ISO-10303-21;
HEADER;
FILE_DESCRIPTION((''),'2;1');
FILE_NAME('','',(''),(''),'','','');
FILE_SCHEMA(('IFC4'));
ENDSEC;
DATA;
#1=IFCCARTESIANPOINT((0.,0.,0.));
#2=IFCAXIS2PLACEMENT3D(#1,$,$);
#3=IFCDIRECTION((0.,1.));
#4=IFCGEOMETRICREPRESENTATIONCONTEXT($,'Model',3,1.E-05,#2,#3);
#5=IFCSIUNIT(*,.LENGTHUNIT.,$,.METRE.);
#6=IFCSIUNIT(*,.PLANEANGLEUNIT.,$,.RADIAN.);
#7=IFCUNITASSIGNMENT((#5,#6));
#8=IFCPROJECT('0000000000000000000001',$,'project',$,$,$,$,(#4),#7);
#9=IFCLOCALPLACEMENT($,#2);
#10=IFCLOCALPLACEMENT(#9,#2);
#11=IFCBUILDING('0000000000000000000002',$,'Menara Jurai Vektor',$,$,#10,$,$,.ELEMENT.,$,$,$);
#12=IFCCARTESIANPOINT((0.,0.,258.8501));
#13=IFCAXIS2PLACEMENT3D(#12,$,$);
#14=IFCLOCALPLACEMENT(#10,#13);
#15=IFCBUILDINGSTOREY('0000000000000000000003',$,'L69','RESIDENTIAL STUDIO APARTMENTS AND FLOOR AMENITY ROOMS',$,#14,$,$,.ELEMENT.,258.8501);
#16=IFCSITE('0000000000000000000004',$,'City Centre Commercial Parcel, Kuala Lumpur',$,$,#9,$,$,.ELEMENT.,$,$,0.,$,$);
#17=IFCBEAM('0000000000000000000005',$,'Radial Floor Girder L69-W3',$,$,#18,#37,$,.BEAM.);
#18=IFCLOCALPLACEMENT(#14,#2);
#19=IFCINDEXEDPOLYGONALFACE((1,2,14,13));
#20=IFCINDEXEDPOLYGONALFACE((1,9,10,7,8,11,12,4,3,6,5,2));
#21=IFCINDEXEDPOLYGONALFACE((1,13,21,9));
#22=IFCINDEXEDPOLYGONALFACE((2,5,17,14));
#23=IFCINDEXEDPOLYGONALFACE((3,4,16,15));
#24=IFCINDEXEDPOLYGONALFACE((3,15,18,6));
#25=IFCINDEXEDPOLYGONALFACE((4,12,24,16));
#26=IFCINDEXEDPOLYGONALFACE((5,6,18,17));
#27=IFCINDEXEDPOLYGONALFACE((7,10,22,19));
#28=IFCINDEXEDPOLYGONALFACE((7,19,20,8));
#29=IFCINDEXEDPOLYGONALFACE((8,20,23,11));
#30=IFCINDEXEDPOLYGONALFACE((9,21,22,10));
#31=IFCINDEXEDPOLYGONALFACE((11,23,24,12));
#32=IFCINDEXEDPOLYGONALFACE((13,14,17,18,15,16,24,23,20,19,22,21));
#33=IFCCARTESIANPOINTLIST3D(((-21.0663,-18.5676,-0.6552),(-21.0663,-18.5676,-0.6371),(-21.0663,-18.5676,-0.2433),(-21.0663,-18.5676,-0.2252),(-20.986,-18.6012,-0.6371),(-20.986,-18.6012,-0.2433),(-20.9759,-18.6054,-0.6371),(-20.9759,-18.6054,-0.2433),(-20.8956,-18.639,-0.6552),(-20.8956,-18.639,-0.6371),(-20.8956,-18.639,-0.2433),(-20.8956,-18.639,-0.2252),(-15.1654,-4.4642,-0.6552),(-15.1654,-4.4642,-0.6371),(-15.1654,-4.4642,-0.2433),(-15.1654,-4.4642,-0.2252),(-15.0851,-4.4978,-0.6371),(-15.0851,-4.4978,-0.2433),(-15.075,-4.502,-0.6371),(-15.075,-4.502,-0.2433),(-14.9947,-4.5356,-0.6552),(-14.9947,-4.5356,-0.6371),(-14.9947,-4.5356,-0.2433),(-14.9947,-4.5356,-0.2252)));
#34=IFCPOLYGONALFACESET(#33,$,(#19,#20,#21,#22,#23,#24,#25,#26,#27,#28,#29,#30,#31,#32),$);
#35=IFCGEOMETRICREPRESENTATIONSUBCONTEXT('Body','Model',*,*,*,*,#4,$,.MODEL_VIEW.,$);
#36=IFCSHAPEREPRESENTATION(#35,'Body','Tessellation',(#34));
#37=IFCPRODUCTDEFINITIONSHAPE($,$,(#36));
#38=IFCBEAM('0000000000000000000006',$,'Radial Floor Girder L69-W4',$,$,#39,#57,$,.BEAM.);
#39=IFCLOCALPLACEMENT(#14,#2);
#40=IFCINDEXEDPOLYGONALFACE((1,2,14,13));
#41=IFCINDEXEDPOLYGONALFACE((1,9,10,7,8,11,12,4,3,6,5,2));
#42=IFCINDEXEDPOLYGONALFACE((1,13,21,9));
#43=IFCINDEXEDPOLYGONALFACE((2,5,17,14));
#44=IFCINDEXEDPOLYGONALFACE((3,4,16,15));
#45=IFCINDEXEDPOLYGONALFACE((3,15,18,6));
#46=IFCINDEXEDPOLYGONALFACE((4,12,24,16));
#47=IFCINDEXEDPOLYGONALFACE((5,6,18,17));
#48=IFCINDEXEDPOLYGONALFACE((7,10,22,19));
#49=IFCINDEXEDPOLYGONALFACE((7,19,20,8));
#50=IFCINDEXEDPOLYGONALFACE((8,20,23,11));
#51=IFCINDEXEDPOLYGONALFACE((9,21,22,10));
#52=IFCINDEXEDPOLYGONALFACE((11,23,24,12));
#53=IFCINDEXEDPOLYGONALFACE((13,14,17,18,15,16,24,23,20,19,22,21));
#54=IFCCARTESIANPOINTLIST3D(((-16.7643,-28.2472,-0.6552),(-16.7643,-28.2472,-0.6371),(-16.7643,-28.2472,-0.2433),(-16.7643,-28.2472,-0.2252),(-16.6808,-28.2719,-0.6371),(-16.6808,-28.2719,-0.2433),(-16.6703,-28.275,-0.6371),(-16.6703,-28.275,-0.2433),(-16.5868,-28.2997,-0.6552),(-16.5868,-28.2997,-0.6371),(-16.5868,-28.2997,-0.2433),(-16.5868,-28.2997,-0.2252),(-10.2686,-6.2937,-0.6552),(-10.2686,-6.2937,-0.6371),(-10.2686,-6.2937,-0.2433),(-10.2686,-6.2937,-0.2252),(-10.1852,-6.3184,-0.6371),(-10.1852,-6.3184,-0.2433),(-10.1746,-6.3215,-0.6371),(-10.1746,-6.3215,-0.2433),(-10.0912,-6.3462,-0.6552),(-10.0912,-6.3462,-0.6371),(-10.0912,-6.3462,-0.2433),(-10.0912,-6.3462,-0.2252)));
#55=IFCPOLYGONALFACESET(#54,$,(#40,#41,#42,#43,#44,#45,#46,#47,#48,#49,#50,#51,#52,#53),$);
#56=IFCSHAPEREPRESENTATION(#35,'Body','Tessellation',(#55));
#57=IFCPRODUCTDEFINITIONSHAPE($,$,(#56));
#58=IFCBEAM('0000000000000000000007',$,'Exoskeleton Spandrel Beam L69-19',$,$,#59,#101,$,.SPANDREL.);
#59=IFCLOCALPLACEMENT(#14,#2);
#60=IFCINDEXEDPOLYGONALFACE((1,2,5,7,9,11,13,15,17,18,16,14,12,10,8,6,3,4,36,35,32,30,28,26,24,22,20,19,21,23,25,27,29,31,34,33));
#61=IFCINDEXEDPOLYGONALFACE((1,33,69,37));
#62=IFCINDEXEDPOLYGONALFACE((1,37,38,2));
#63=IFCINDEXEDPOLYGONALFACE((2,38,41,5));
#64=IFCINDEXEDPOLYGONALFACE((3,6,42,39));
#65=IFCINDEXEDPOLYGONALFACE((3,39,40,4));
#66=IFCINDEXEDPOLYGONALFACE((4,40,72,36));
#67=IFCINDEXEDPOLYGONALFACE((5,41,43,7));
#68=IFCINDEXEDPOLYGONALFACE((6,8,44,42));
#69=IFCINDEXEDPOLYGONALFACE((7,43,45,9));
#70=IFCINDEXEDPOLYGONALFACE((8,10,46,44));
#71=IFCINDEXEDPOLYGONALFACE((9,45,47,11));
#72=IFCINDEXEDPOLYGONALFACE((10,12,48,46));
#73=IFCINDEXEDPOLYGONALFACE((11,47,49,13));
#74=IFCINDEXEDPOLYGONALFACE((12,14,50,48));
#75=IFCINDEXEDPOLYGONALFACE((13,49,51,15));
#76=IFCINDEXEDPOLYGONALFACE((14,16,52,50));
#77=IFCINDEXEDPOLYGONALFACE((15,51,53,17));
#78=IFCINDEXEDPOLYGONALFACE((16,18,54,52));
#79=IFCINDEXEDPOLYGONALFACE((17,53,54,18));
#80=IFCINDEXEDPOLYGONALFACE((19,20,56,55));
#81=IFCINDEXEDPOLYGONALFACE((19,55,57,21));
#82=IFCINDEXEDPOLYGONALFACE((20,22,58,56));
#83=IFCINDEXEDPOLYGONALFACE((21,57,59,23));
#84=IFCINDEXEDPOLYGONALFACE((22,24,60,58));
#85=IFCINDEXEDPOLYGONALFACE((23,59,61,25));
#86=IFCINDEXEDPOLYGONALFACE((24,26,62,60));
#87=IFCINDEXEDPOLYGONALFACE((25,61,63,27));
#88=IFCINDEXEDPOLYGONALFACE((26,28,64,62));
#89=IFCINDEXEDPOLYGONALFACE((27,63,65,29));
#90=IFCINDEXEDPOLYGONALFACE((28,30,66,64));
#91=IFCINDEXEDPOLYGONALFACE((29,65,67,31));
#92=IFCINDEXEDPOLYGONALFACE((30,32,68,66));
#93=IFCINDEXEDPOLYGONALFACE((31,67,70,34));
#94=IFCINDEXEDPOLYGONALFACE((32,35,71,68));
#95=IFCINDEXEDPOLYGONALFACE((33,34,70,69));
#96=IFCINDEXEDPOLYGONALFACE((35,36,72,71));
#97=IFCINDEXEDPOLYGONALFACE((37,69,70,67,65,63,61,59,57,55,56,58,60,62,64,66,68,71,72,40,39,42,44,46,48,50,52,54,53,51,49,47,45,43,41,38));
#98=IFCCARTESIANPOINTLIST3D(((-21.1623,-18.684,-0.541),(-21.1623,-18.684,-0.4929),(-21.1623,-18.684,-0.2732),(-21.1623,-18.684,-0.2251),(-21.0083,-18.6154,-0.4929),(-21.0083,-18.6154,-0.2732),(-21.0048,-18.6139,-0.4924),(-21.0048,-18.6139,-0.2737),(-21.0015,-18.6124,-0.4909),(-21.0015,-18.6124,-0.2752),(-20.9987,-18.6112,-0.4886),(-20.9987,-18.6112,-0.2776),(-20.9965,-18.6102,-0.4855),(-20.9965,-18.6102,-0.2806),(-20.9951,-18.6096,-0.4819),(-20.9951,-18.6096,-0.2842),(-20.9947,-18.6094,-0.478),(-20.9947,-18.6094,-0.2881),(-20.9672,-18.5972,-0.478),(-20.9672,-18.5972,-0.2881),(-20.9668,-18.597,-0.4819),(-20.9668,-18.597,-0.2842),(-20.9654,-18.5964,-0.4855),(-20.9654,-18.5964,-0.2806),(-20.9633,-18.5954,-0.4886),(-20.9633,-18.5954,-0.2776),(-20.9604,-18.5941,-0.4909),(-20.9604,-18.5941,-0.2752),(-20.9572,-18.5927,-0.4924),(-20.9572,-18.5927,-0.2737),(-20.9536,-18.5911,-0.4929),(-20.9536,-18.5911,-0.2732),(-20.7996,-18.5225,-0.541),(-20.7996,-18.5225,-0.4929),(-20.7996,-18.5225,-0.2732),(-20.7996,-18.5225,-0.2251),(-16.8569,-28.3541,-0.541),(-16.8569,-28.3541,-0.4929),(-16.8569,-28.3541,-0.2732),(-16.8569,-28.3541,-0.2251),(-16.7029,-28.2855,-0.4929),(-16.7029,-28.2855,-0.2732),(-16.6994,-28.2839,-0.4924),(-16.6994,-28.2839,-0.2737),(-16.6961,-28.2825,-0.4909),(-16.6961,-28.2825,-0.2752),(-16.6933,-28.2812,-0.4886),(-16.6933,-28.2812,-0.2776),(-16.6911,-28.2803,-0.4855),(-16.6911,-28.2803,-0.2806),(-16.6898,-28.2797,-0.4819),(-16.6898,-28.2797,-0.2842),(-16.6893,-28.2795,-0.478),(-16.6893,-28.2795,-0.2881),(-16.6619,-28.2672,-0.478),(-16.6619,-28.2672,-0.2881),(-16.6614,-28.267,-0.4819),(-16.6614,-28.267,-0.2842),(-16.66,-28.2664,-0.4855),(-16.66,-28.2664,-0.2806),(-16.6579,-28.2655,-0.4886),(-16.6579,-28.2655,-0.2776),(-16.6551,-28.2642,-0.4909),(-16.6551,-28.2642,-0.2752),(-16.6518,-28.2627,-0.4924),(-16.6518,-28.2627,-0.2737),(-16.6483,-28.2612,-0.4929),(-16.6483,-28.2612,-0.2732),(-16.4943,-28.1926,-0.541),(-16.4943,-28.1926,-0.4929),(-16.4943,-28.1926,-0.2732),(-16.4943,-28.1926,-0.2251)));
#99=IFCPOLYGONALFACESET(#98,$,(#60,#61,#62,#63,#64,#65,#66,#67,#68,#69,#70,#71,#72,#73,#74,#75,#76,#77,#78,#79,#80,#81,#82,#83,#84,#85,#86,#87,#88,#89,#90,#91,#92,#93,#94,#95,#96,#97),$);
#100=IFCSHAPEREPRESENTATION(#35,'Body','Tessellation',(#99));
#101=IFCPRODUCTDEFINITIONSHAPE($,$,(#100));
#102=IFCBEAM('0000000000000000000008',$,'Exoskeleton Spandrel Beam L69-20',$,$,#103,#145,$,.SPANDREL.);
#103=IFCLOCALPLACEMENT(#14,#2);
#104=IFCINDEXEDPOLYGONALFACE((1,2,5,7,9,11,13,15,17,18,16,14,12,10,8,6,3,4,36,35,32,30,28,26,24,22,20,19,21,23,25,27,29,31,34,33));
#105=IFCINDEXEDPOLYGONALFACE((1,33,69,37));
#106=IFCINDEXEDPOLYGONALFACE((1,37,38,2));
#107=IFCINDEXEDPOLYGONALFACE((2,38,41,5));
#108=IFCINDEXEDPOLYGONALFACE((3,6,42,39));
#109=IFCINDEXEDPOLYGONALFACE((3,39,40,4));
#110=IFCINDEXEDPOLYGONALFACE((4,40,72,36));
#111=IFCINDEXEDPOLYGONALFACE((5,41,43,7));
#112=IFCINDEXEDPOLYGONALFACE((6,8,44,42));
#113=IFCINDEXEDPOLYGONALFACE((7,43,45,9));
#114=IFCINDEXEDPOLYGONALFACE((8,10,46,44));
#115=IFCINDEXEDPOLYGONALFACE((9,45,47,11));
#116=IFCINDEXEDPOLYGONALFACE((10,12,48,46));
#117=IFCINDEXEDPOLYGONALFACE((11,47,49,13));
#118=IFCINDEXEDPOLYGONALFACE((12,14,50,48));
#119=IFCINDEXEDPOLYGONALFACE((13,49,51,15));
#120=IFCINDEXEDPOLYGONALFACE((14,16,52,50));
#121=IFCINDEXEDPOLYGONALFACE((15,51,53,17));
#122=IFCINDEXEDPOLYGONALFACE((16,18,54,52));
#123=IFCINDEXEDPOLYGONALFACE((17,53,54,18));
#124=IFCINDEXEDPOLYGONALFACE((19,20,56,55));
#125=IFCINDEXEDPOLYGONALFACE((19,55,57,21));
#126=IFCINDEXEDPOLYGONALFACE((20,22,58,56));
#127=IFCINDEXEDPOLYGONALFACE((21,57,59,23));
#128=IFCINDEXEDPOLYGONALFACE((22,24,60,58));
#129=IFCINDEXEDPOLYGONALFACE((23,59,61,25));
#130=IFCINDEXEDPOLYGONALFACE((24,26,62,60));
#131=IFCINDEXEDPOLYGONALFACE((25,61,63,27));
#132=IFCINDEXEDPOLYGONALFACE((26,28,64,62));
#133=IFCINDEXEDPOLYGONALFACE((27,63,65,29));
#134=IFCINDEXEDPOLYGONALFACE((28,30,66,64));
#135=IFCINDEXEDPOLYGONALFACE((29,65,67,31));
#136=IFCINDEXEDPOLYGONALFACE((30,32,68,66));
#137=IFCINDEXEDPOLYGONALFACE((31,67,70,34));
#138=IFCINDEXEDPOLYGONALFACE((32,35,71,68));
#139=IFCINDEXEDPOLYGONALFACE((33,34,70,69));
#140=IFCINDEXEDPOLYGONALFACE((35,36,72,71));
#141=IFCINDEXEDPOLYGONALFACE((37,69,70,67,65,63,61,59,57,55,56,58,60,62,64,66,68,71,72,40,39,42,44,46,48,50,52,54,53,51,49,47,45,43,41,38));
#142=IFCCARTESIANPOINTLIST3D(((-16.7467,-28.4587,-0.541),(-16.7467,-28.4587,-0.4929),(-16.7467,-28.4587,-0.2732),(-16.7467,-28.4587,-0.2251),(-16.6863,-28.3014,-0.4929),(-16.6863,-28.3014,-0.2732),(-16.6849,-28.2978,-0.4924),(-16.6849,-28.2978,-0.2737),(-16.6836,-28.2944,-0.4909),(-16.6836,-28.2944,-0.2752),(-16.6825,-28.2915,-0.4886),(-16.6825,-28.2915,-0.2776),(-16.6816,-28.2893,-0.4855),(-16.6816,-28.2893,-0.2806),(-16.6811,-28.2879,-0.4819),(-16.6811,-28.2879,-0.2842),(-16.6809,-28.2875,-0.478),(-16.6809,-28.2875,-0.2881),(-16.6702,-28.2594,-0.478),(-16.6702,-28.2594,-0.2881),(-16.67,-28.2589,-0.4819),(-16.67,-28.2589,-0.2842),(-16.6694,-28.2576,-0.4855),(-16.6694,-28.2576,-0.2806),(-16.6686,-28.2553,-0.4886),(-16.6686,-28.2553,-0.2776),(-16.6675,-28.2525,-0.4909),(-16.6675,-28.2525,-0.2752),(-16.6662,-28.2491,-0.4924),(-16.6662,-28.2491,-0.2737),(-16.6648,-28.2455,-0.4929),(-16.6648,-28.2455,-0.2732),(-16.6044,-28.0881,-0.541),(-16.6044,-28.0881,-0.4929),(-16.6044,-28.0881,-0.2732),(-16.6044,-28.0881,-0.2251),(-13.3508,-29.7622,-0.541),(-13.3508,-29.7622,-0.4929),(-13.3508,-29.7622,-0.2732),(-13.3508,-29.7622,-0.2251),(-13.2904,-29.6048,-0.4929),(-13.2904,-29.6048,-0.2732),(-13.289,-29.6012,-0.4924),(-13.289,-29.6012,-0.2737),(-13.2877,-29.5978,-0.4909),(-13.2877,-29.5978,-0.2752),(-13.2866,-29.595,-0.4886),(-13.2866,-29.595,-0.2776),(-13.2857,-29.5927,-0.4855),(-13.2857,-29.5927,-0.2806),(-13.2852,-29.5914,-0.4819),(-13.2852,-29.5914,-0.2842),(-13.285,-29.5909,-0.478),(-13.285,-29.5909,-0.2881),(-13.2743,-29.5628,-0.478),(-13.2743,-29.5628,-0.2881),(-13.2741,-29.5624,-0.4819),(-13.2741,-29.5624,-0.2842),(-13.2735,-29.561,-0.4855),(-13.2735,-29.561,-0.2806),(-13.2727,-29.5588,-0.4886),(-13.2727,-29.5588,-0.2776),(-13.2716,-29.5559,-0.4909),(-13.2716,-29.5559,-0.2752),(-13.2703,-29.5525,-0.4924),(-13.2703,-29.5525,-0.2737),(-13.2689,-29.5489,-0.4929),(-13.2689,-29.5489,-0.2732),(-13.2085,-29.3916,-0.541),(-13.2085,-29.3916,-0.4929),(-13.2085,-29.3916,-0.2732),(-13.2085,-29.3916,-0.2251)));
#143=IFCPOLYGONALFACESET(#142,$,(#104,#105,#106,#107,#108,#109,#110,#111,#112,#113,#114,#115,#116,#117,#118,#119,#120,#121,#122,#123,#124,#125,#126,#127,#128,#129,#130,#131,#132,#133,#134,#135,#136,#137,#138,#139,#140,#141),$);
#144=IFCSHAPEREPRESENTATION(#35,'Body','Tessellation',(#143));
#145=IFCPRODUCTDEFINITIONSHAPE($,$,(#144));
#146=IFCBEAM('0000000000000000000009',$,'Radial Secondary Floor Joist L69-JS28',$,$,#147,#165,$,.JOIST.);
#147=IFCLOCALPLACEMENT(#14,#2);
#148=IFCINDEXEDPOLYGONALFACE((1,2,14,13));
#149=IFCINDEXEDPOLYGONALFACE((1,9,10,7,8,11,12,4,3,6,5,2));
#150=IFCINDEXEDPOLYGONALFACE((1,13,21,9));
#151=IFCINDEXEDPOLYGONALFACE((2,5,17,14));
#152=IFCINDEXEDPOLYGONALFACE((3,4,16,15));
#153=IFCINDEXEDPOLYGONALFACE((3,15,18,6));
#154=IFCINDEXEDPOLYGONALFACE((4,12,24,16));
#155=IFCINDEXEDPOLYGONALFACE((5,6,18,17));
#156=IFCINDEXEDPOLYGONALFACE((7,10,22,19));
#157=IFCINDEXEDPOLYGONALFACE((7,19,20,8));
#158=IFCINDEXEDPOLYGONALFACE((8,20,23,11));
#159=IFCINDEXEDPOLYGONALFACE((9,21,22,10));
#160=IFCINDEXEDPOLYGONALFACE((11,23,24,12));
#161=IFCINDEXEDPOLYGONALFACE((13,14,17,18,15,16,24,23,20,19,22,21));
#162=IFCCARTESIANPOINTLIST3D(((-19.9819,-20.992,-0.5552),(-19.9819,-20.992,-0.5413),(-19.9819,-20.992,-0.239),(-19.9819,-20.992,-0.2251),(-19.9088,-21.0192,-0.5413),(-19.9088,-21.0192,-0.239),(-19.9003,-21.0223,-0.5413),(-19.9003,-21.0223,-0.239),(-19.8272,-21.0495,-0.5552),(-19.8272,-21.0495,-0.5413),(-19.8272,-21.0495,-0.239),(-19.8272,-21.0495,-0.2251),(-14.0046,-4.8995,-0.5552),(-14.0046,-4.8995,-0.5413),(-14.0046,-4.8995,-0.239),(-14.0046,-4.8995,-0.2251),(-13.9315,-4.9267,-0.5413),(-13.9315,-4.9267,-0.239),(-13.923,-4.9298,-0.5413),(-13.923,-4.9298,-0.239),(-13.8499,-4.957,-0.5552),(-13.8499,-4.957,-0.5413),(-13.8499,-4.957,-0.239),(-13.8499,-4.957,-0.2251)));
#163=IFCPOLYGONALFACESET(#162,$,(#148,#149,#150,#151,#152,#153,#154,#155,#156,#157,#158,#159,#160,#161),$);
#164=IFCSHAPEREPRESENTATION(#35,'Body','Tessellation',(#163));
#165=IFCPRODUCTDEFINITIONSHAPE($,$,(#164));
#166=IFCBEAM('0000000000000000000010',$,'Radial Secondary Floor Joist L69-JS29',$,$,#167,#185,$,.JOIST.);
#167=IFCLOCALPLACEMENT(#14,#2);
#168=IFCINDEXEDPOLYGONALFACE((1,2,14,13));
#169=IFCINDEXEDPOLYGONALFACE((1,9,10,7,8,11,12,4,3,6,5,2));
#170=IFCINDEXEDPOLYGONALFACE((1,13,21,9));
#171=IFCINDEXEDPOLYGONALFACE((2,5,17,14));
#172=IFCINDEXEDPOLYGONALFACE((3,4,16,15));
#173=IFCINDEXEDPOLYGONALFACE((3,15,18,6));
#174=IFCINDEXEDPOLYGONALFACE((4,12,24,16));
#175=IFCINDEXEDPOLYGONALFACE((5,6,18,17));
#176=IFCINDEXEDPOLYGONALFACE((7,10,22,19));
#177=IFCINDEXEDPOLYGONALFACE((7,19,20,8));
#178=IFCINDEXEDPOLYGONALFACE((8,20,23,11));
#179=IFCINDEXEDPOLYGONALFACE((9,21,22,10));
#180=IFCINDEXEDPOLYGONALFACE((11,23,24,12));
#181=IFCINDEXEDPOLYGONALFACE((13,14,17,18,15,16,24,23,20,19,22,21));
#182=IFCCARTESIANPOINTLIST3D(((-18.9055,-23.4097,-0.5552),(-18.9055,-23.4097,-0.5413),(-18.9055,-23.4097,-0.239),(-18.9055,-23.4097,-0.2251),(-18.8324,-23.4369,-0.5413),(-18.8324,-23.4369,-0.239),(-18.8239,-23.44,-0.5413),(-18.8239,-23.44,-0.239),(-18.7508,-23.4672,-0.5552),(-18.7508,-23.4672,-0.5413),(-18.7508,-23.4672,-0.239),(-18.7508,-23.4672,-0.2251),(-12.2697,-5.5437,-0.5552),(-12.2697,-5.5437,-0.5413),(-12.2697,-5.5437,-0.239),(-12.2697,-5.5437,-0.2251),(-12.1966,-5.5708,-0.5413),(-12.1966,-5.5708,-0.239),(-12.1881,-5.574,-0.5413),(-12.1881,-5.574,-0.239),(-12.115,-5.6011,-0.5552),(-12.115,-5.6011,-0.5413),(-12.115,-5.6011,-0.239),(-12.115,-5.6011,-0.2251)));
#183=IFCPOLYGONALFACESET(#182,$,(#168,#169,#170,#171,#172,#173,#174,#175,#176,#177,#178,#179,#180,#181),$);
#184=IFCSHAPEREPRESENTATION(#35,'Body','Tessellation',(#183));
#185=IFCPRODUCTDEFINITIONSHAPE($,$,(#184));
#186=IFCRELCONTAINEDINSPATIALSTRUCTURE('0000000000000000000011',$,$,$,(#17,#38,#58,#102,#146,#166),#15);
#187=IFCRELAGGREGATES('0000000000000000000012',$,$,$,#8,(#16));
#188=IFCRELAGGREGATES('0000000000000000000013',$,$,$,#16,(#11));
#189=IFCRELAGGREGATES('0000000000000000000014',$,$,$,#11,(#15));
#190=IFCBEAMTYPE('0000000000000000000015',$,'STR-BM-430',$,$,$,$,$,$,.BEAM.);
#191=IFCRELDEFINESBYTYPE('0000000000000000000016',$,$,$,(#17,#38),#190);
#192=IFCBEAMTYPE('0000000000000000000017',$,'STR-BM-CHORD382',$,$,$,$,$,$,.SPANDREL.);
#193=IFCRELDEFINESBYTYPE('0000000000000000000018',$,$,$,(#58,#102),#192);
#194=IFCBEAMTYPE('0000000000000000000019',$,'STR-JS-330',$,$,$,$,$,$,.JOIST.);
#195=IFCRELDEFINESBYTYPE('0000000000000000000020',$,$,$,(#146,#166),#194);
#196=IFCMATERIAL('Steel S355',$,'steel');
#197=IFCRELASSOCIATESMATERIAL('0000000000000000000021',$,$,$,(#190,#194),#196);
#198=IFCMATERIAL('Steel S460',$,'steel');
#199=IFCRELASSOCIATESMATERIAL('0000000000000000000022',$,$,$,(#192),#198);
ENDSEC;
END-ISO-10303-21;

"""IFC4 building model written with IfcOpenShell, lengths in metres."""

from ifc_helpers import new_model, si_unit, direction, frame, origin, origin_2d, place, context, subcontext, project, spatial, i_section, extrude, material, material_profile, profile_set, type_object, element, save


model = new_model("IFC4")

# Units and contexts
model_context = context("Model", 3, precision=1e-05, world=origin(), true_north=direction((0.0, 1.0)))
body_context = subcontext(model_context, "Body", "Model", "MODEL_VIEW")
ifc_project = project(units=[si_unit("LENGTHUNIT", "METRE"), si_unit("PLANEANGLEUNIT", "RADIAN")], contexts=[model_context])

# Site, building, storey
site_placement = place(None, origin())
site = spatial("IfcSite", under=ifc_project, at=site_placement, Name="City Centre Commercial Parcel, Kuala Lumpur", CompositionType="ELEMENT", RefElevation=0.0)
building_placement = place(site_placement, origin())
building = spatial("IfcBuilding", under=site, at=building_placement, Name="Menara Jurai Vektor", CompositionType="ELEMENT")
storey_placement = place(building_placement, frame((0.0, 0.0, 258.8501)))
storey = spatial("IfcBuildingStorey", under=building, at=storey_placement, Name="L69", Description="RESIDENTIAL STUDIO APARTMENTS AND FLOOR AMENITY ROOMS", CompositionType="ELEMENT", Elevation=258.8501)

# Shared definitions
ifc_material_1 = material(Name="Steel S460", Category="steel")

# Beams
ifc_material_2 = material(Name="Steel S355", Category="steel")
ifc_material_profile_1 = material_profile(ifc_material_2, i_section(OverallWidth=0.1851, OverallDepth=0.4299, WebThickness=0.011, FlangeThickness=0.0181, at=origin_2d()), Name="PG 430x185x76")
ifc_profile_set_1 = profile_set([ifc_material_profile_1], Name="Steel S355")
beam_type_1 = type_object("IfcBeamType", Name="STR-BM-430", PredefinedType="BEAM", material=ifc_profile_set_1)
beam_1_placement = place(storey_placement, frame((-20.981, -18.6033, -0.4402), z_axis=(0.385981, 0.922507, 0.0), x_axis=(-0.922507, 0.385981, 0.0)))
element("IfcBeam", 1, at=beam_1_placement, inside=storey, type_object=beam_type_1, Name="Radial Floor Girder L69-W3", PredefinedType="BEAM", context=body_context, shape_type="SweptSolid", body=[
    extrude(i_section(OverallWidth=0.1851, OverallDepth=0.4299, WebThickness=0.011, FlangeThickness=0.0181, at=origin_2d()), origin(), (0.0, 0.0, 1.0), 15.2881),
])
beam_2_placement = place(storey_placement, frame((-16.6755, -28.2734, -0.4402), z_axis=(0.283723, 0.958906, 0.0), x_axis=(-0.958906, 0.283723, 0.0)))
element("IfcBeam", 2, at=beam_2_placement, inside=storey, type_object=beam_type_1, Name="Radial Floor Girder L69-W4", PredefinedType="BEAM", context=body_context, shape_type="SweptSolid", body=[
    extrude(i_section(OverallWidth=0.1851, OverallDepth=0.4299, WebThickness=0.011, FlangeThickness=0.0181, at=origin_2d()), origin(), (0.0, 0.0, 1.0), 22.8943),
])
ifc_material_profile_2 = material_profile(ifc_material_1, i_section(OverallWidth=0.397, OverallDepth=0.3159, WebThickness=0.03, FlangeThickness=0.0481, FilletRadius=0.0149, at=origin_2d()), Name="HD 400x382")
ifc_profile_set_2 = profile_set([ifc_material_profile_2], Name="Steel S460")
beam_type_2 = type_object("IfcBeamType", Name="STR-BM-CHORD382", PredefinedType="SPANDREL", material=ifc_profile_set_2)
beam_3_placement = place(storey_placement, frame((-20.981, -18.6033, -0.3831), z_axis=(0.406735, -0.913546, 0.0), x_axis=(0.913546, 0.406735, 0.0)))
element("IfcBeam", 3, at=beam_3_placement, inside=storey, type_object=beam_type_2, Name="Exoskeleton Spandrel Beam L69-19", PredefinedType="SPANDREL", context=body_context, shape_type="SweptSolid", body=[
    extrude(i_section(OverallWidth=0.397, OverallDepth=0.3159, WebThickness=0.03, FlangeThickness=0.0481, FilletRadius=0.0149, at=origin_2d()), origin(), (0.0, 0.0, 1.0), 10.5852),
])
beam_4_placement = place(storey_placement, frame((-16.6755, -28.2734, -0.3831), z_axis=(0.933593, -0.358336, 0.0), x_axis=(0.358336, 0.933593, 0.0)))
element("IfcBeam", 4, at=beam_4_placement, inside=storey, type_object=beam_type_2, Name="Exoskeleton Spandrel Beam L69-20", PredefinedType="SPANDREL", context=body_context, shape_type="SweptSolid", body=[
    extrude(i_section(OverallWidth=0.397, OverallDepth=0.3159, WebThickness=0.03, FlangeThickness=0.0481, FilletRadius=0.0149, at=origin_2d()), origin(), (0.0, 0.0, 1.0), 3.6375),
])
ifc_material_profile_3 = material_profile(ifc_material_2, i_section(OverallWidth=0.165, OverallDepth=0.3301, WebThickness=0.009, FlangeThickness=0.0139, at=origin_2d()), Name="PG 330x165x46")
ifc_profile_set_3 = profile_set([ifc_material_profile_3], Name="Steel S355")
beam_type_3 = type_object("IfcBeamType", Name="STR-JS-330", PredefinedType="JOIST", material=ifc_profile_set_3)
beam_5_placement = place(storey_placement, frame((-19.9045, -21.0208, -0.3901), z_axis=(0.34819, 0.937424, 0.0), x_axis=(-0.937424, 0.34819, 0.0)))
element("IfcBeam", 5, at=beam_5_placement, inside=storey, type_object=beam_type_3, Name="Radial Secondary Floor Joist L69-JS28", PredefinedType="JOIST", context=body_context, shape_type="SweptSolid", body=[
    extrude(i_section(OverallWidth=0.165, OverallDepth=0.3301, WebThickness=0.009, FlangeThickness=0.0139, at=origin_2d()), origin(), (0.0, 0.0, 1.0), 17.1667),
])
beam_6_placement = place(storey_placement, frame((-18.8281, -23.4385, -0.3901), z_axis=(0.348178, 0.937428, 0.0), x_axis=(-0.937428, 0.348178, 0.0)))
element("IfcBeam", 6, at=beam_6_placement, inside=storey, type_object=beam_type_3, Name="Radial Secondary Floor Joist L69-JS29", PredefinedType="JOIST", context=body_context, shape_type="SweptSolid", body=[
    extrude(i_section(OverallWidth=0.165, OverallDepth=0.3301, WebThickness=0.009, FlangeThickness=0.0139, at=origin_2d()), origin(), (0.0, 0.0, 1.0), 19.0586),
])

save(model, "model.ifc")
